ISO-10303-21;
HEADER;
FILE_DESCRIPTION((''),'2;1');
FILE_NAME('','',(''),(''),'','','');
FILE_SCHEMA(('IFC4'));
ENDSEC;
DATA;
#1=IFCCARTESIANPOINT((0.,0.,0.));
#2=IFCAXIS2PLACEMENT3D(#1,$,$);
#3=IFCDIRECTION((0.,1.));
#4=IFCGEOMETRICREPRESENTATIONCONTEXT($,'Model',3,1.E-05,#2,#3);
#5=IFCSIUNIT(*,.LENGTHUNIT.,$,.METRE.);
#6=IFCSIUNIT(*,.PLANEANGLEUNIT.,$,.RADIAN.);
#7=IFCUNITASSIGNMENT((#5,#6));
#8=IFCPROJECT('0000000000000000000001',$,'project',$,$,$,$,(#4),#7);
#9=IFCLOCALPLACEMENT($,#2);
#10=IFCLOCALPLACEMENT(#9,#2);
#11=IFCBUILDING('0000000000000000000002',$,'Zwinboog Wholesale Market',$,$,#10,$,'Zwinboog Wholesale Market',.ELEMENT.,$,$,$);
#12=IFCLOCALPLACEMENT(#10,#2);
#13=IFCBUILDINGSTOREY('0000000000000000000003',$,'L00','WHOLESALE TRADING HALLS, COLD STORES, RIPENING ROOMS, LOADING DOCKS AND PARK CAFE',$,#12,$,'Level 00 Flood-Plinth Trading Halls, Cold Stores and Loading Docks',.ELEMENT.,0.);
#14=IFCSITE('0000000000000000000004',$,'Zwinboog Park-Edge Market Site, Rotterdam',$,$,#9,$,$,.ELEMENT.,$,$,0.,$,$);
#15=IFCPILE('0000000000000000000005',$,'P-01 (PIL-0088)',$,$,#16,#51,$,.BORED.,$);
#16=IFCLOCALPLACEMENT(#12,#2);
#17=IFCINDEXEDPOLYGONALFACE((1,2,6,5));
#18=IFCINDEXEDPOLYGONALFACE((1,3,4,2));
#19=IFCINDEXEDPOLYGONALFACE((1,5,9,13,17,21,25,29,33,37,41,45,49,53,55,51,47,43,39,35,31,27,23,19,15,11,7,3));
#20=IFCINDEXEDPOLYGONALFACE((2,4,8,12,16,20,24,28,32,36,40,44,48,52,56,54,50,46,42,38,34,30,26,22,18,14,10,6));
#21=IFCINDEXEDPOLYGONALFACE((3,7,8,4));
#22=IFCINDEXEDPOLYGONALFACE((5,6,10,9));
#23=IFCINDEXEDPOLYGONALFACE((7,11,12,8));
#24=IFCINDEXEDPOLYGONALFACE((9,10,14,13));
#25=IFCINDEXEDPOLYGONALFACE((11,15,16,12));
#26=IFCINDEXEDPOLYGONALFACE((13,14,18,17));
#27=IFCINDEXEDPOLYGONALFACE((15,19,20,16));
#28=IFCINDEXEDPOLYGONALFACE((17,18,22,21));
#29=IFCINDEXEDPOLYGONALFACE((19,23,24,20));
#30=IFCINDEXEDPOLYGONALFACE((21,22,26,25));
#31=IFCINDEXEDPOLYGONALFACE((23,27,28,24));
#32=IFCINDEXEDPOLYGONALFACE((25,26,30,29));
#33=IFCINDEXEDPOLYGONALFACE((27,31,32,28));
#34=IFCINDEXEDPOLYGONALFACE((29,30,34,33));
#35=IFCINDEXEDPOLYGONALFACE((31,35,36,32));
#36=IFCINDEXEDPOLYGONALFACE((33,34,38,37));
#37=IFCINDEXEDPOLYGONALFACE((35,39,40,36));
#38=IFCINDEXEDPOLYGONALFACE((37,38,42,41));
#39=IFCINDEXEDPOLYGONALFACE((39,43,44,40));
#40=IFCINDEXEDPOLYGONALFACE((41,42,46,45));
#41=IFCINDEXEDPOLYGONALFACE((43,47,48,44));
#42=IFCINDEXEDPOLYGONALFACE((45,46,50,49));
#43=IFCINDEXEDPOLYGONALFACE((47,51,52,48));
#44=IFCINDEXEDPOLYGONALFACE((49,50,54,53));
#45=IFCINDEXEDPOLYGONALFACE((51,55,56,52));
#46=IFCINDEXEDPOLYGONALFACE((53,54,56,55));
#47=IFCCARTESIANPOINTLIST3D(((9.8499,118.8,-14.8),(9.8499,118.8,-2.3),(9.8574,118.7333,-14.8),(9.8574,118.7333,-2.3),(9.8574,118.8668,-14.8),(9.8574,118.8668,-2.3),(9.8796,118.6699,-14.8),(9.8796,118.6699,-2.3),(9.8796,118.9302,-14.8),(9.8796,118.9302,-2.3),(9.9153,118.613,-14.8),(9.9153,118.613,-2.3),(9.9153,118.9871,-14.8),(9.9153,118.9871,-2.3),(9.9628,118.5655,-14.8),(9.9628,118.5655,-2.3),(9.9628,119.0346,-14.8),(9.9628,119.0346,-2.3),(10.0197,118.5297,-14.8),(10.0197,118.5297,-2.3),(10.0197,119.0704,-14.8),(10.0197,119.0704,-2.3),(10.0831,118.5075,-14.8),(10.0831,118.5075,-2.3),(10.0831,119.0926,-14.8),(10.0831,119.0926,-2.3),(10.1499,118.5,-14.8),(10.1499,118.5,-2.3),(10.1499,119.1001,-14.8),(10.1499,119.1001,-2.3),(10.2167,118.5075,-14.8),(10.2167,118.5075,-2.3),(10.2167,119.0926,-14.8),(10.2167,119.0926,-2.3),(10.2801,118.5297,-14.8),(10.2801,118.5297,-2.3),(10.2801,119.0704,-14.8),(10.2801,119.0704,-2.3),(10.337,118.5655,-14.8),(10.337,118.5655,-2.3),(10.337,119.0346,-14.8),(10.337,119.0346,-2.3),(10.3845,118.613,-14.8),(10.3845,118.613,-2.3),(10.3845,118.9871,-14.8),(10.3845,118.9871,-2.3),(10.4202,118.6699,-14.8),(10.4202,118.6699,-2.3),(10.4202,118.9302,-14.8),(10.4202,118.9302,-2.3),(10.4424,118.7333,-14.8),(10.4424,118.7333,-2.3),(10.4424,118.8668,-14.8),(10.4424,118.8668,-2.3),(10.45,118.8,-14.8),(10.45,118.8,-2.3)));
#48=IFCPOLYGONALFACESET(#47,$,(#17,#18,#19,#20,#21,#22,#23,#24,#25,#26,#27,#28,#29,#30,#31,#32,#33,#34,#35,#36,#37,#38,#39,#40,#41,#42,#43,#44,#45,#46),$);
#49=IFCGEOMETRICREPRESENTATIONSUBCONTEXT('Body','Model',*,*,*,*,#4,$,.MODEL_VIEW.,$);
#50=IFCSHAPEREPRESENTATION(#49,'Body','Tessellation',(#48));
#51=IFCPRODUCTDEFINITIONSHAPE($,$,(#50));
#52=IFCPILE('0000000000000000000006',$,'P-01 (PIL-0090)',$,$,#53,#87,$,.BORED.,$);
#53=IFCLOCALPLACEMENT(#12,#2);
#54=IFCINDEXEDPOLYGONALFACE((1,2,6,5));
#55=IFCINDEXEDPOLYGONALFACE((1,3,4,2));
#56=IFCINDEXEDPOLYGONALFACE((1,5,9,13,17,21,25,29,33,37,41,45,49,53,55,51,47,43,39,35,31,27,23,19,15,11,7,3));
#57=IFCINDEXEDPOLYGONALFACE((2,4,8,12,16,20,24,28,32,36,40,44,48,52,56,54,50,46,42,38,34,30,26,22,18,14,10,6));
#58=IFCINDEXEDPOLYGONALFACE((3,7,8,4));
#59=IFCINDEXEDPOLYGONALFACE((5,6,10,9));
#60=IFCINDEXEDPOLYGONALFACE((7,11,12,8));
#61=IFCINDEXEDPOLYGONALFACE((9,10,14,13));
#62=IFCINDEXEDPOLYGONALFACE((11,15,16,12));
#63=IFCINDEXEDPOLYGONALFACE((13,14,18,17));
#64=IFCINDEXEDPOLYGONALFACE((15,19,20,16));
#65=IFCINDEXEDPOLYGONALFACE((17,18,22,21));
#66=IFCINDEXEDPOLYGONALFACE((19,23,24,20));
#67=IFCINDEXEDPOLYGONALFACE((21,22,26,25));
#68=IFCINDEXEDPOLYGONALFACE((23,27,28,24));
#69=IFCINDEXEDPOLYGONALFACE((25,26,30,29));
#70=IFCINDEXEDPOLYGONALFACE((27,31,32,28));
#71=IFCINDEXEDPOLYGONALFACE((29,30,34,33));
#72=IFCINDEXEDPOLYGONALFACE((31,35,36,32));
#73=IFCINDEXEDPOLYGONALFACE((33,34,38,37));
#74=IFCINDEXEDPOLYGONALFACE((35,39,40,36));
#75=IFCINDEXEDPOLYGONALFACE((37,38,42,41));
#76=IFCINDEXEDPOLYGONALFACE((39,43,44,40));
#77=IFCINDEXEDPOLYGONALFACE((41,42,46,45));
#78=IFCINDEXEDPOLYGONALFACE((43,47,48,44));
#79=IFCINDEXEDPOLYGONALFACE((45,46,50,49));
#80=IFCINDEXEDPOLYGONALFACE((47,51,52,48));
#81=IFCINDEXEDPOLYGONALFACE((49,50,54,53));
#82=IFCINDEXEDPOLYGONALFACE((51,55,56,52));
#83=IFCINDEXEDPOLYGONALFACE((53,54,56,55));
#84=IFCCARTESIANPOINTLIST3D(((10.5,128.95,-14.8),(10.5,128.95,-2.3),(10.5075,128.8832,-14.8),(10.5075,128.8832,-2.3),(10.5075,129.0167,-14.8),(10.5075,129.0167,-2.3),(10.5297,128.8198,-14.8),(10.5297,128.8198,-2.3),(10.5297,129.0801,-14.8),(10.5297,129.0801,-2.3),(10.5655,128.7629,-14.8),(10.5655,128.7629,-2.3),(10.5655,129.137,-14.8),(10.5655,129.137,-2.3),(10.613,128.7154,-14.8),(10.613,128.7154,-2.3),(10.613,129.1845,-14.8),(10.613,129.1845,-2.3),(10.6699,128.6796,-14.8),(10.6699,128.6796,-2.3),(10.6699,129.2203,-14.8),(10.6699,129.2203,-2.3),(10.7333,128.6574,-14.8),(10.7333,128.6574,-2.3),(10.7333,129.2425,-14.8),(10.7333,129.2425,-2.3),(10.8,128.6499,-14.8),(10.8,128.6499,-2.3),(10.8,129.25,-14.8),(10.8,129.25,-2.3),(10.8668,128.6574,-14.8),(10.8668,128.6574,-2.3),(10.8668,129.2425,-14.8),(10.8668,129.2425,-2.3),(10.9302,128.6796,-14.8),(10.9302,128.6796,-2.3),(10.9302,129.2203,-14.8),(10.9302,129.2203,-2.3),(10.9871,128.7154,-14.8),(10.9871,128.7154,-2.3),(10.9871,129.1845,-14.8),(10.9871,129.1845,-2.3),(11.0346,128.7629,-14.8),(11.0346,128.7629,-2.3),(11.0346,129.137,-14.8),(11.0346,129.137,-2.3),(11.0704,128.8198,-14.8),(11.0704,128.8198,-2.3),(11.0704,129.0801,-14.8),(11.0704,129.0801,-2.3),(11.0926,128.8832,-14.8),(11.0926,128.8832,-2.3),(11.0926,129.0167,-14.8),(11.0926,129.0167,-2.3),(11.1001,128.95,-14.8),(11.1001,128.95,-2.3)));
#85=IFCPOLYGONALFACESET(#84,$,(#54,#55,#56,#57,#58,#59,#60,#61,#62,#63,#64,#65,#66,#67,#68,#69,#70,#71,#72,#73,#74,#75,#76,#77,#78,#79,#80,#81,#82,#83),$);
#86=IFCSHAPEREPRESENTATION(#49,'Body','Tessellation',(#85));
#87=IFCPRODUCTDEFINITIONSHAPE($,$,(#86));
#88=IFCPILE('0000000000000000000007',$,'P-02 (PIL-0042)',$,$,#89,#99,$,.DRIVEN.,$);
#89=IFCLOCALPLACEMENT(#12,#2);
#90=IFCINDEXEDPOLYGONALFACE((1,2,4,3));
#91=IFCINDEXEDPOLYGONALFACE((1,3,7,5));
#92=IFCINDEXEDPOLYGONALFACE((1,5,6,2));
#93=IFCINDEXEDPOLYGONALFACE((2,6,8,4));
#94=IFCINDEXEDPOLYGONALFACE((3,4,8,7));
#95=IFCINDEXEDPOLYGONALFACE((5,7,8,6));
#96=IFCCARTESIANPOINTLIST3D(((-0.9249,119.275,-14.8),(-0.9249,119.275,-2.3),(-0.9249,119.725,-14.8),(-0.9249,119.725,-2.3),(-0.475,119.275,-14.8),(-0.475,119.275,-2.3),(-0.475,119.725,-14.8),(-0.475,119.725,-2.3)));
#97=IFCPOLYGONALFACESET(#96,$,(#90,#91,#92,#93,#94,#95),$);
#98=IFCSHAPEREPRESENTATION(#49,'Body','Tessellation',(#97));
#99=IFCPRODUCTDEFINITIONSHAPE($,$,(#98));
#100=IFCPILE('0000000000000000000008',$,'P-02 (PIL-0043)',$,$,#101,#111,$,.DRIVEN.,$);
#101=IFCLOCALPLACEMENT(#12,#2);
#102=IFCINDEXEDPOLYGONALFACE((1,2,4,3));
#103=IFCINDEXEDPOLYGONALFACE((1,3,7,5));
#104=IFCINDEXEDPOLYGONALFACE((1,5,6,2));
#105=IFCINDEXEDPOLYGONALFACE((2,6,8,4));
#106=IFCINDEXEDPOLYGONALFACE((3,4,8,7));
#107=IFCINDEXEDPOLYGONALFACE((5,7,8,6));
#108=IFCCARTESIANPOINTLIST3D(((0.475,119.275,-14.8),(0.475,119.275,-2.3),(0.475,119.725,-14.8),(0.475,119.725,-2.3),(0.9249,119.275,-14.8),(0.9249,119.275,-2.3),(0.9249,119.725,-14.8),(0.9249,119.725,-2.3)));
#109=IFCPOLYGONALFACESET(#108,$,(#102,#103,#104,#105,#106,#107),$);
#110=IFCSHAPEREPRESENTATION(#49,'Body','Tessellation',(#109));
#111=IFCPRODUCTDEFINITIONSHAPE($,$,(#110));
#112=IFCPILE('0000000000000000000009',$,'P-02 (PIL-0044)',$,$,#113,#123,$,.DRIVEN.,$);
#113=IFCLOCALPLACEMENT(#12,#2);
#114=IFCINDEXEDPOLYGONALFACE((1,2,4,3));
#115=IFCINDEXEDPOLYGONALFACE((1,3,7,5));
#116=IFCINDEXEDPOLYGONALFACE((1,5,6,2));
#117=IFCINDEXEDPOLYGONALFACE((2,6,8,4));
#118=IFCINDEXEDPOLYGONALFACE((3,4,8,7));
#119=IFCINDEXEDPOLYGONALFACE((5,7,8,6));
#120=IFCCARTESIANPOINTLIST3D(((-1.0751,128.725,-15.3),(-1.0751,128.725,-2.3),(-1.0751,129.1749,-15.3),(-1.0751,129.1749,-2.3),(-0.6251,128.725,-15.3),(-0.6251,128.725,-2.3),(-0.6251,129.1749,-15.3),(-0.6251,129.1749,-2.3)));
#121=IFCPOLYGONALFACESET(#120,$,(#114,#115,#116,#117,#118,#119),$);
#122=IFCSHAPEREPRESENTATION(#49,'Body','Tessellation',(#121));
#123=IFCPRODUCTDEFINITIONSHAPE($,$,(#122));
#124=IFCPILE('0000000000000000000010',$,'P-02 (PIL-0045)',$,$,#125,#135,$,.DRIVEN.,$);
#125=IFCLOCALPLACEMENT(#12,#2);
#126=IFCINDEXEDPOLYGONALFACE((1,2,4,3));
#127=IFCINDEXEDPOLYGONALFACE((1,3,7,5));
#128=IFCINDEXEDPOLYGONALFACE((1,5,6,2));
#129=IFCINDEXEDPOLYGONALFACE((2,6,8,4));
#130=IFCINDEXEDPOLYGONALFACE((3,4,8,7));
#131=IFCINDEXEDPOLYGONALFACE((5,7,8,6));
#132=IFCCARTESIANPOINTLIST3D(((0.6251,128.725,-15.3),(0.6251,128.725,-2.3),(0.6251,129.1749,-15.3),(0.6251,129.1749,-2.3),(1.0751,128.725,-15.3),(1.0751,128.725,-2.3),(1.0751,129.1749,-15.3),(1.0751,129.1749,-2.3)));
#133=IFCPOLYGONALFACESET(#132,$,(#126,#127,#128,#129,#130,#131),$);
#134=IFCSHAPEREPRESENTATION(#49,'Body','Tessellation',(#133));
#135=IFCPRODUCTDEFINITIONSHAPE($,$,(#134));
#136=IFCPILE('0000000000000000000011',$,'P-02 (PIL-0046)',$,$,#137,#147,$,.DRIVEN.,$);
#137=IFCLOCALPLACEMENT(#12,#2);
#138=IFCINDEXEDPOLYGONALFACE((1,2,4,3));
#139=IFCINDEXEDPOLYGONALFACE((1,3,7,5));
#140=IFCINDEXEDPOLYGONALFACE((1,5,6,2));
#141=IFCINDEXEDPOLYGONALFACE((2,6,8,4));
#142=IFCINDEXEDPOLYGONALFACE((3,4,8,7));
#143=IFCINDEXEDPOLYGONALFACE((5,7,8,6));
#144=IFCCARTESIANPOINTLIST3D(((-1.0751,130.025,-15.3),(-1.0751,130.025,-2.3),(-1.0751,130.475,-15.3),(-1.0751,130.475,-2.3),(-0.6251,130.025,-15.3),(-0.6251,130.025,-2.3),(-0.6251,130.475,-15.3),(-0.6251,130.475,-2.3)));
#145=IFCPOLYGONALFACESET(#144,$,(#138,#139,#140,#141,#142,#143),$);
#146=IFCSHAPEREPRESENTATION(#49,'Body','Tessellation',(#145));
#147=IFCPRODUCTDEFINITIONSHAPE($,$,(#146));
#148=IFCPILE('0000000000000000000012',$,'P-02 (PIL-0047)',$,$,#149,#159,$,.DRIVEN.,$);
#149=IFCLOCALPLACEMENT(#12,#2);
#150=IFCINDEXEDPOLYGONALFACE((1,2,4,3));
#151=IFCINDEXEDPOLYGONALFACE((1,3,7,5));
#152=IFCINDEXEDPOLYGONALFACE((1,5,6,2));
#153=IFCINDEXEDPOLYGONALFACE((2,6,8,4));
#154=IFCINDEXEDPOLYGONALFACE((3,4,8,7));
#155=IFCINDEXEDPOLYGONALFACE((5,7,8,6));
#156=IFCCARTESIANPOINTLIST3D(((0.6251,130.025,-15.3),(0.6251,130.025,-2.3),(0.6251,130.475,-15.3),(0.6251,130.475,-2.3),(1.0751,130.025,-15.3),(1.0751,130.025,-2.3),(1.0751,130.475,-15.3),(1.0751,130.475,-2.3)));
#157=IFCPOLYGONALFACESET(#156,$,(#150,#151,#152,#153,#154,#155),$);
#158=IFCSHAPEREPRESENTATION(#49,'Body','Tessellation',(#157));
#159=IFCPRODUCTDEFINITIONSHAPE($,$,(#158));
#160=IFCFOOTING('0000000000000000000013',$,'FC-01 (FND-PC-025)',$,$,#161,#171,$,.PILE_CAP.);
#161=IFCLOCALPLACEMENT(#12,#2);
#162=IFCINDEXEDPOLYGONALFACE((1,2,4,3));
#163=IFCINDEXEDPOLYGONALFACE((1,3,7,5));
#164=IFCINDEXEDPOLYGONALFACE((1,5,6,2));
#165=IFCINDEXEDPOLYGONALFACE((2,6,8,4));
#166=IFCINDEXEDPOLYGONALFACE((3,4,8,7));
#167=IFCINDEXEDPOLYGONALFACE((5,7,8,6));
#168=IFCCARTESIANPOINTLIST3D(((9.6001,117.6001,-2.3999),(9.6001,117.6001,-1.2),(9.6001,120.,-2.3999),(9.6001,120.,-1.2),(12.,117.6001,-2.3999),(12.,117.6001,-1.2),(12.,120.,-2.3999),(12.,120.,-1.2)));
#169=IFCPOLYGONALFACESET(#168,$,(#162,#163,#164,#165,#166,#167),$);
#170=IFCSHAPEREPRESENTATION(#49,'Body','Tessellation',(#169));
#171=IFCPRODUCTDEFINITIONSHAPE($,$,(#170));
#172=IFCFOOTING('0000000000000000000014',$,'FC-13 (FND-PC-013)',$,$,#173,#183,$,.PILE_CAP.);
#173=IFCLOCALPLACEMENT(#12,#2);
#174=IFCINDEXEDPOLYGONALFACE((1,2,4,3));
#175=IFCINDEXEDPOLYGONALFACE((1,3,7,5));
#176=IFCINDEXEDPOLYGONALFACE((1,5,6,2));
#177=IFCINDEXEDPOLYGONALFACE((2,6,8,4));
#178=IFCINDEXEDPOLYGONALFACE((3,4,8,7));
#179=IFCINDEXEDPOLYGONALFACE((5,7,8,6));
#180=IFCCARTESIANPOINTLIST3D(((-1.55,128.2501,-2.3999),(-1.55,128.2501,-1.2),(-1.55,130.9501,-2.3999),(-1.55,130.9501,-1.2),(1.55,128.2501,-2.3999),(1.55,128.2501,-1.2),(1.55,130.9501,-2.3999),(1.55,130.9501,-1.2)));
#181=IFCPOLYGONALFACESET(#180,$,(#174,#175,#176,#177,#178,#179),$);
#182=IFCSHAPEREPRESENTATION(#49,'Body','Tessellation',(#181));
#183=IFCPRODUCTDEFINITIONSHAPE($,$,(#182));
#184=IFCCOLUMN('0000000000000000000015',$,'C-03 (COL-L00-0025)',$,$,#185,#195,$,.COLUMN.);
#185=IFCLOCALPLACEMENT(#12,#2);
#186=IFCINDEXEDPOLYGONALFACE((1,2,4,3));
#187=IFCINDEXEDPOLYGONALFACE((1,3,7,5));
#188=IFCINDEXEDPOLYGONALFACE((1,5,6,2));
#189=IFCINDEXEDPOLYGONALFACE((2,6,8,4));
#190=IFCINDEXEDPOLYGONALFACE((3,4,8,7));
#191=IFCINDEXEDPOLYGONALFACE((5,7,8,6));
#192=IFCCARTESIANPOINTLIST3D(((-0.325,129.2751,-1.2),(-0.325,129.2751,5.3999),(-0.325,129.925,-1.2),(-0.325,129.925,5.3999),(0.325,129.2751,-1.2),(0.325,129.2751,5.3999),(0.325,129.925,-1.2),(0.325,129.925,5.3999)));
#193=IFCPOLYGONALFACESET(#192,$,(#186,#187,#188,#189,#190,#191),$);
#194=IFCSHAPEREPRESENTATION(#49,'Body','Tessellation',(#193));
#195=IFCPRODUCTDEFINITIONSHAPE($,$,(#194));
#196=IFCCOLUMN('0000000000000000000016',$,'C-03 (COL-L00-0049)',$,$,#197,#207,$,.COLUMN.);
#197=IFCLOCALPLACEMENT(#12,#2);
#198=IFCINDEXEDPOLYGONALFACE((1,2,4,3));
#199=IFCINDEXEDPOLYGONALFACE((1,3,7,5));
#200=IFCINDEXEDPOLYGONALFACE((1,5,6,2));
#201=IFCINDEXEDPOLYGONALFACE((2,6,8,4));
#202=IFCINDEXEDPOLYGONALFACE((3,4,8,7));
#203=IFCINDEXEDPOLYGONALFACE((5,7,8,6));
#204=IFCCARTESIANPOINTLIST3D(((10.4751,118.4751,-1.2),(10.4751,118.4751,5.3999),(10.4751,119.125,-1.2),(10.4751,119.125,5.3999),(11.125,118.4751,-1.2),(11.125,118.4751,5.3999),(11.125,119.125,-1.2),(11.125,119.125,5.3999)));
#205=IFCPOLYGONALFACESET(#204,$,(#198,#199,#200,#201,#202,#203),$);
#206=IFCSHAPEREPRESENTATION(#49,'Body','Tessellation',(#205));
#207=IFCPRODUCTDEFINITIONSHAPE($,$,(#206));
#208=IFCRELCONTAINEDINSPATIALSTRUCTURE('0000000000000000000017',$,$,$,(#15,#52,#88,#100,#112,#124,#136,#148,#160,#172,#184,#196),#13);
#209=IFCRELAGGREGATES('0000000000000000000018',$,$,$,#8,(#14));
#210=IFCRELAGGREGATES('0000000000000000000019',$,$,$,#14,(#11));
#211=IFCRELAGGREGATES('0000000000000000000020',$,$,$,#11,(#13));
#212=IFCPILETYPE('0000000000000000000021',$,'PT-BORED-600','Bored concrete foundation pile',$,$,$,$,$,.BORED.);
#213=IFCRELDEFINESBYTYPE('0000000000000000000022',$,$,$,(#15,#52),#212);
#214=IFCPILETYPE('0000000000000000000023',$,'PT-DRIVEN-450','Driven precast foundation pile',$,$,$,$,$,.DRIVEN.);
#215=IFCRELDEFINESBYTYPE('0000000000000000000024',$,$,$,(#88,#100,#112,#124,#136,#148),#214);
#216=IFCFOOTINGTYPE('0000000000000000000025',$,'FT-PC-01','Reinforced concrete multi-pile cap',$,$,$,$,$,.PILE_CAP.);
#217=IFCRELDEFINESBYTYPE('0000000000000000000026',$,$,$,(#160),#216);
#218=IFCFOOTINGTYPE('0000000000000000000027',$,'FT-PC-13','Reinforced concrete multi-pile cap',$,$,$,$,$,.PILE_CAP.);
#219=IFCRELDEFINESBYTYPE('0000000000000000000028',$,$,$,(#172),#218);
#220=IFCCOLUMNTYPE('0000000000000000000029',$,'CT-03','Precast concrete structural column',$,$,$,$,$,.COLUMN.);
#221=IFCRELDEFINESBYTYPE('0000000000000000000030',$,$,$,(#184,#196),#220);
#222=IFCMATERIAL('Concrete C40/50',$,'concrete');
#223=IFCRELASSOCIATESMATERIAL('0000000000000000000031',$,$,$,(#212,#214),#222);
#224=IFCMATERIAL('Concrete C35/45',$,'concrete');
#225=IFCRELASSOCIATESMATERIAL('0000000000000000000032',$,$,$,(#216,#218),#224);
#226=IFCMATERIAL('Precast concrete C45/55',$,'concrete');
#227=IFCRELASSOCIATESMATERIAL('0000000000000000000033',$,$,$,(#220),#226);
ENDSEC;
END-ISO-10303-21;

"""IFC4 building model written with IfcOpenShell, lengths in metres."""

from ifc_helpers import new_model, si_unit, direction, frame, origin, origin_2d, place, context, subcontext, project, spatial, rectangle, circle, extrude, material, material_profile, profile_set, type_object, element, save


model = new_model("IFC4")

# Units and contexts
model_context = context("Model", 3, precision=1e-05, world=origin(), true_north=direction((0.0, 1.0)))
body_context = subcontext(model_context, "Body", "Model", "MODEL_VIEW")
ifc_project = project(units=[si_unit("LENGTHUNIT", "METRE"), si_unit("PLANEANGLEUNIT", "RADIAN")], contexts=[model_context])

# Site, building, storey
site_placement = place(None, origin())
site = spatial("IfcSite", under=ifc_project, at=site_placement, Name="Zwinboog Park-Edge Market Site, Rotterdam", CompositionType="ELEMENT", RefElevation=0.0)
building_placement = place(site_placement, origin())
building = spatial("IfcBuilding", under=site, at=building_placement, Name="Zwinboog Wholesale Market", LongName="Zwinboog Wholesale Market", CompositionType="ELEMENT")
storey_placement = place(building_placement, origin())
storey = spatial("IfcBuildingStorey", under=building, at=storey_placement, Name="L00", Description="WHOLESALE TRADING HALLS, COLD STORES, RIPENING ROOMS, LOADING DOCKS AND PARK CAFE", LongName="Level 00 Flood-Plinth Trading Halls, Cold Stores and Loading Docks", CompositionType="ELEMENT", Elevation=0.0)

# Piles
ifc_material_1 = material(Name="Concrete C40/50", Category="concrete")
ifc_material_profile_1 = material_profile(ifc_material_1, circle(Radius=0.3, at=origin_2d()), Name="PILE D600")
ifc_profile_set_1 = profile_set([ifc_material_profile_1], Name="Concrete C40/50")
pile_type_1 = type_object("IfcPileType", Name="PT-BORED-600", Description="Bored concrete foundation pile", PredefinedType="BORED", material=ifc_profile_set_1)
for number, where, z_axis, x_axis, name in (
    (1, (10.1499, 118.8, -2.3), (0.0, 0.0, -1.0), (1.0, 0.0, 0.0), "P-01 (PIL-0088)"),
    (2, (10.8, 128.95, -2.3), (0.0, 0.0, -1.0), (1.0, 0.0, 0.0), "P-01 (PIL-0090)"),
):
    element("IfcPile", number, at=place(storey_placement, frame(where, z_axis=z_axis, x_axis=x_axis)), inside=storey, type_object=pile_type_1, Name=name, PredefinedType="BORED", context=body_context, shape_type="SweptSolid", body=[
        extrude(circle(Radius=0.3, at=origin_2d()), origin(), (0.0, 0.0, 1.0), 12.5),
    ])
ifc_material_profile_2 = material_profile(ifc_material_1, rectangle(XDim=0.45, YDim=0.45, at=origin_2d()), Name="PILE SQ450")
ifc_profile_set_2 = profile_set([ifc_material_profile_2], Name="Concrete C40/50")
pile_type_2 = type_object("IfcPileType", Name="PT-DRIVEN-450", Description="Driven precast foundation pile", PredefinedType="DRIVEN", material=ifc_profile_set_2)
for number, where, z_axis, x_axis, name in (
    (3, (-0.7, 119.5, -2.3), (0.0, 0.0, -1.0), (1.0, 0.0, 0.0), "P-02 (PIL-0042)"),
    (4, (0.7, 119.5, -2.3), (0.0, 0.0, -1.0), (1.0, 0.0, 0.0), "P-02 (PIL-0043)"),
):
    element("IfcPile", number, at=place(storey_placement, frame(where, z_axis=z_axis, x_axis=x_axis)), inside=storey, type_object=pile_type_2, Name=name, PredefinedType="DRIVEN", context=body_context, shape_type="SweptSolid", body=[
        extrude(rectangle(XDim=0.45, YDim=0.45, at=origin_2d()), origin(), (0.0, 0.0, 1.0), 12.5),
    ])
for number, where, z_axis, x_axis, name in (
    (5, (-0.8501, 128.95, -2.3), (0.0, 0.0, -1.0), (1.0, 0.0, 0.0), "P-02 (PIL-0044)"),
    (6, (0.8501, 128.95, -2.3), (0.0, 0.0, -1.0), (1.0, 0.0, 0.0), "P-02 (PIL-0045)"),
    (7, (-0.8501, 130.25, -2.3), (0.0, 0.0, -1.0), (1.0, 0.0, 0.0), "P-02 (PIL-0046)"),
    (8, (0.8501, 130.25, -2.3), (0.0, 0.0, -1.0), (1.0, 0.0, 0.0), "P-02 (PIL-0047)"),
):
    element("IfcPile", number, at=place(storey_placement, frame(where, z_axis=z_axis, x_axis=x_axis)), inside=storey, type_object=pile_type_2, Name=name, PredefinedType="DRIVEN", context=body_context, shape_type="SweptSolid", body=[
        extrude(rectangle(XDim=0.45, YDim=0.45, at=origin_2d()), origin(), (0.0, 0.0, 1.0), 13.0),
    ])

# Footings
ifc_material_2 = material(Name="Concrete C35/45", Category="concrete")
footing_type_1 = type_object("IfcFootingType", Name="FT-PC-01", Description="Reinforced concrete multi-pile cap", PredefinedType="PILE_CAP", material=ifc_material_2)
footing_1_placement = place(storey_placement, frame((10.8, 118.8, -2.3999), z_axis=(0.0, 0.0, 1.0), x_axis=(1.0, 0.0, 0.0)))
element("IfcFooting", 9, at=footing_1_placement, inside=storey, type_object=footing_type_1, Name="FC-01 (FND-PC-025)", PredefinedType="PILE_CAP", context=body_context, shape_type="SweptSolid", body=[
    extrude(rectangle(XDim=2.3999, YDim=2.3999, at=origin_2d()), origin(), (0.0, 0.0, 1.0), 1.2),
])
footing_type_2 = type_object("IfcFootingType", Name="FT-PC-13", Description="Reinforced concrete multi-pile cap", PredefinedType="PILE_CAP", material=ifc_material_2)
footing_2_placement = place(storey_placement, frame((0.0, 129.6001, -2.3999), z_axis=(0.0, 0.0, 1.0), x_axis=(1.0, 0.0, 0.0)))
element("IfcFooting", 10, at=footing_2_placement, inside=storey, type_object=footing_type_2, Name="FC-13 (FND-PC-013)", PredefinedType="PILE_CAP", context=body_context, shape_type="SweptSolid", body=[
    extrude(rectangle(XDim=3.1001, YDim=2.7, at=origin_2d()), origin(), (0.0, 0.0, 1.0), 1.2),
])

# Columns
ifc_material_3 = material(Name="Precast concrete C45/55", Category="concrete")
ifc_material_profile_3 = material_profile(ifc_material_3, rectangle(XDim=0.6499, YDim=0.6499, at=origin_2d()), Name="PC 650x650")
ifc_profile_set_3 = profile_set([ifc_material_profile_3], Name="Precast concrete C45/55")
column_type = type_object("IfcColumnType", Name="CT-03", Description="Precast concrete structural column", PredefinedType="COLUMN", material=ifc_profile_set_3)
for number, where, z_axis, x_axis, name in (
    (11, (0.0, 129.6001, -1.2), (0.0, 0.0, 1.0), (1.0, 0.0, 0.0), "C-03 (COL-L00-0025)"),
    (12, (10.8, 118.8, -1.2), (0.0, 0.0, 1.0), (1.0, 0.0, 0.0), "C-03 (COL-L00-0049)"),
):
    element("IfcColumn", number, at=place(storey_placement, frame(where, z_axis=z_axis, x_axis=x_axis)), inside=storey, type_object=column_type, Name=name, PredefinedType="COLUMN", context=body_context, shape_type="SweptSolid", body=[
        extrude(rectangle(XDim=0.6499, YDim=0.6499, at=origin_2d()), origin(), (0.0, 0.0, 1.0), 6.5999),
    ])

save(model, "model.ifc")
